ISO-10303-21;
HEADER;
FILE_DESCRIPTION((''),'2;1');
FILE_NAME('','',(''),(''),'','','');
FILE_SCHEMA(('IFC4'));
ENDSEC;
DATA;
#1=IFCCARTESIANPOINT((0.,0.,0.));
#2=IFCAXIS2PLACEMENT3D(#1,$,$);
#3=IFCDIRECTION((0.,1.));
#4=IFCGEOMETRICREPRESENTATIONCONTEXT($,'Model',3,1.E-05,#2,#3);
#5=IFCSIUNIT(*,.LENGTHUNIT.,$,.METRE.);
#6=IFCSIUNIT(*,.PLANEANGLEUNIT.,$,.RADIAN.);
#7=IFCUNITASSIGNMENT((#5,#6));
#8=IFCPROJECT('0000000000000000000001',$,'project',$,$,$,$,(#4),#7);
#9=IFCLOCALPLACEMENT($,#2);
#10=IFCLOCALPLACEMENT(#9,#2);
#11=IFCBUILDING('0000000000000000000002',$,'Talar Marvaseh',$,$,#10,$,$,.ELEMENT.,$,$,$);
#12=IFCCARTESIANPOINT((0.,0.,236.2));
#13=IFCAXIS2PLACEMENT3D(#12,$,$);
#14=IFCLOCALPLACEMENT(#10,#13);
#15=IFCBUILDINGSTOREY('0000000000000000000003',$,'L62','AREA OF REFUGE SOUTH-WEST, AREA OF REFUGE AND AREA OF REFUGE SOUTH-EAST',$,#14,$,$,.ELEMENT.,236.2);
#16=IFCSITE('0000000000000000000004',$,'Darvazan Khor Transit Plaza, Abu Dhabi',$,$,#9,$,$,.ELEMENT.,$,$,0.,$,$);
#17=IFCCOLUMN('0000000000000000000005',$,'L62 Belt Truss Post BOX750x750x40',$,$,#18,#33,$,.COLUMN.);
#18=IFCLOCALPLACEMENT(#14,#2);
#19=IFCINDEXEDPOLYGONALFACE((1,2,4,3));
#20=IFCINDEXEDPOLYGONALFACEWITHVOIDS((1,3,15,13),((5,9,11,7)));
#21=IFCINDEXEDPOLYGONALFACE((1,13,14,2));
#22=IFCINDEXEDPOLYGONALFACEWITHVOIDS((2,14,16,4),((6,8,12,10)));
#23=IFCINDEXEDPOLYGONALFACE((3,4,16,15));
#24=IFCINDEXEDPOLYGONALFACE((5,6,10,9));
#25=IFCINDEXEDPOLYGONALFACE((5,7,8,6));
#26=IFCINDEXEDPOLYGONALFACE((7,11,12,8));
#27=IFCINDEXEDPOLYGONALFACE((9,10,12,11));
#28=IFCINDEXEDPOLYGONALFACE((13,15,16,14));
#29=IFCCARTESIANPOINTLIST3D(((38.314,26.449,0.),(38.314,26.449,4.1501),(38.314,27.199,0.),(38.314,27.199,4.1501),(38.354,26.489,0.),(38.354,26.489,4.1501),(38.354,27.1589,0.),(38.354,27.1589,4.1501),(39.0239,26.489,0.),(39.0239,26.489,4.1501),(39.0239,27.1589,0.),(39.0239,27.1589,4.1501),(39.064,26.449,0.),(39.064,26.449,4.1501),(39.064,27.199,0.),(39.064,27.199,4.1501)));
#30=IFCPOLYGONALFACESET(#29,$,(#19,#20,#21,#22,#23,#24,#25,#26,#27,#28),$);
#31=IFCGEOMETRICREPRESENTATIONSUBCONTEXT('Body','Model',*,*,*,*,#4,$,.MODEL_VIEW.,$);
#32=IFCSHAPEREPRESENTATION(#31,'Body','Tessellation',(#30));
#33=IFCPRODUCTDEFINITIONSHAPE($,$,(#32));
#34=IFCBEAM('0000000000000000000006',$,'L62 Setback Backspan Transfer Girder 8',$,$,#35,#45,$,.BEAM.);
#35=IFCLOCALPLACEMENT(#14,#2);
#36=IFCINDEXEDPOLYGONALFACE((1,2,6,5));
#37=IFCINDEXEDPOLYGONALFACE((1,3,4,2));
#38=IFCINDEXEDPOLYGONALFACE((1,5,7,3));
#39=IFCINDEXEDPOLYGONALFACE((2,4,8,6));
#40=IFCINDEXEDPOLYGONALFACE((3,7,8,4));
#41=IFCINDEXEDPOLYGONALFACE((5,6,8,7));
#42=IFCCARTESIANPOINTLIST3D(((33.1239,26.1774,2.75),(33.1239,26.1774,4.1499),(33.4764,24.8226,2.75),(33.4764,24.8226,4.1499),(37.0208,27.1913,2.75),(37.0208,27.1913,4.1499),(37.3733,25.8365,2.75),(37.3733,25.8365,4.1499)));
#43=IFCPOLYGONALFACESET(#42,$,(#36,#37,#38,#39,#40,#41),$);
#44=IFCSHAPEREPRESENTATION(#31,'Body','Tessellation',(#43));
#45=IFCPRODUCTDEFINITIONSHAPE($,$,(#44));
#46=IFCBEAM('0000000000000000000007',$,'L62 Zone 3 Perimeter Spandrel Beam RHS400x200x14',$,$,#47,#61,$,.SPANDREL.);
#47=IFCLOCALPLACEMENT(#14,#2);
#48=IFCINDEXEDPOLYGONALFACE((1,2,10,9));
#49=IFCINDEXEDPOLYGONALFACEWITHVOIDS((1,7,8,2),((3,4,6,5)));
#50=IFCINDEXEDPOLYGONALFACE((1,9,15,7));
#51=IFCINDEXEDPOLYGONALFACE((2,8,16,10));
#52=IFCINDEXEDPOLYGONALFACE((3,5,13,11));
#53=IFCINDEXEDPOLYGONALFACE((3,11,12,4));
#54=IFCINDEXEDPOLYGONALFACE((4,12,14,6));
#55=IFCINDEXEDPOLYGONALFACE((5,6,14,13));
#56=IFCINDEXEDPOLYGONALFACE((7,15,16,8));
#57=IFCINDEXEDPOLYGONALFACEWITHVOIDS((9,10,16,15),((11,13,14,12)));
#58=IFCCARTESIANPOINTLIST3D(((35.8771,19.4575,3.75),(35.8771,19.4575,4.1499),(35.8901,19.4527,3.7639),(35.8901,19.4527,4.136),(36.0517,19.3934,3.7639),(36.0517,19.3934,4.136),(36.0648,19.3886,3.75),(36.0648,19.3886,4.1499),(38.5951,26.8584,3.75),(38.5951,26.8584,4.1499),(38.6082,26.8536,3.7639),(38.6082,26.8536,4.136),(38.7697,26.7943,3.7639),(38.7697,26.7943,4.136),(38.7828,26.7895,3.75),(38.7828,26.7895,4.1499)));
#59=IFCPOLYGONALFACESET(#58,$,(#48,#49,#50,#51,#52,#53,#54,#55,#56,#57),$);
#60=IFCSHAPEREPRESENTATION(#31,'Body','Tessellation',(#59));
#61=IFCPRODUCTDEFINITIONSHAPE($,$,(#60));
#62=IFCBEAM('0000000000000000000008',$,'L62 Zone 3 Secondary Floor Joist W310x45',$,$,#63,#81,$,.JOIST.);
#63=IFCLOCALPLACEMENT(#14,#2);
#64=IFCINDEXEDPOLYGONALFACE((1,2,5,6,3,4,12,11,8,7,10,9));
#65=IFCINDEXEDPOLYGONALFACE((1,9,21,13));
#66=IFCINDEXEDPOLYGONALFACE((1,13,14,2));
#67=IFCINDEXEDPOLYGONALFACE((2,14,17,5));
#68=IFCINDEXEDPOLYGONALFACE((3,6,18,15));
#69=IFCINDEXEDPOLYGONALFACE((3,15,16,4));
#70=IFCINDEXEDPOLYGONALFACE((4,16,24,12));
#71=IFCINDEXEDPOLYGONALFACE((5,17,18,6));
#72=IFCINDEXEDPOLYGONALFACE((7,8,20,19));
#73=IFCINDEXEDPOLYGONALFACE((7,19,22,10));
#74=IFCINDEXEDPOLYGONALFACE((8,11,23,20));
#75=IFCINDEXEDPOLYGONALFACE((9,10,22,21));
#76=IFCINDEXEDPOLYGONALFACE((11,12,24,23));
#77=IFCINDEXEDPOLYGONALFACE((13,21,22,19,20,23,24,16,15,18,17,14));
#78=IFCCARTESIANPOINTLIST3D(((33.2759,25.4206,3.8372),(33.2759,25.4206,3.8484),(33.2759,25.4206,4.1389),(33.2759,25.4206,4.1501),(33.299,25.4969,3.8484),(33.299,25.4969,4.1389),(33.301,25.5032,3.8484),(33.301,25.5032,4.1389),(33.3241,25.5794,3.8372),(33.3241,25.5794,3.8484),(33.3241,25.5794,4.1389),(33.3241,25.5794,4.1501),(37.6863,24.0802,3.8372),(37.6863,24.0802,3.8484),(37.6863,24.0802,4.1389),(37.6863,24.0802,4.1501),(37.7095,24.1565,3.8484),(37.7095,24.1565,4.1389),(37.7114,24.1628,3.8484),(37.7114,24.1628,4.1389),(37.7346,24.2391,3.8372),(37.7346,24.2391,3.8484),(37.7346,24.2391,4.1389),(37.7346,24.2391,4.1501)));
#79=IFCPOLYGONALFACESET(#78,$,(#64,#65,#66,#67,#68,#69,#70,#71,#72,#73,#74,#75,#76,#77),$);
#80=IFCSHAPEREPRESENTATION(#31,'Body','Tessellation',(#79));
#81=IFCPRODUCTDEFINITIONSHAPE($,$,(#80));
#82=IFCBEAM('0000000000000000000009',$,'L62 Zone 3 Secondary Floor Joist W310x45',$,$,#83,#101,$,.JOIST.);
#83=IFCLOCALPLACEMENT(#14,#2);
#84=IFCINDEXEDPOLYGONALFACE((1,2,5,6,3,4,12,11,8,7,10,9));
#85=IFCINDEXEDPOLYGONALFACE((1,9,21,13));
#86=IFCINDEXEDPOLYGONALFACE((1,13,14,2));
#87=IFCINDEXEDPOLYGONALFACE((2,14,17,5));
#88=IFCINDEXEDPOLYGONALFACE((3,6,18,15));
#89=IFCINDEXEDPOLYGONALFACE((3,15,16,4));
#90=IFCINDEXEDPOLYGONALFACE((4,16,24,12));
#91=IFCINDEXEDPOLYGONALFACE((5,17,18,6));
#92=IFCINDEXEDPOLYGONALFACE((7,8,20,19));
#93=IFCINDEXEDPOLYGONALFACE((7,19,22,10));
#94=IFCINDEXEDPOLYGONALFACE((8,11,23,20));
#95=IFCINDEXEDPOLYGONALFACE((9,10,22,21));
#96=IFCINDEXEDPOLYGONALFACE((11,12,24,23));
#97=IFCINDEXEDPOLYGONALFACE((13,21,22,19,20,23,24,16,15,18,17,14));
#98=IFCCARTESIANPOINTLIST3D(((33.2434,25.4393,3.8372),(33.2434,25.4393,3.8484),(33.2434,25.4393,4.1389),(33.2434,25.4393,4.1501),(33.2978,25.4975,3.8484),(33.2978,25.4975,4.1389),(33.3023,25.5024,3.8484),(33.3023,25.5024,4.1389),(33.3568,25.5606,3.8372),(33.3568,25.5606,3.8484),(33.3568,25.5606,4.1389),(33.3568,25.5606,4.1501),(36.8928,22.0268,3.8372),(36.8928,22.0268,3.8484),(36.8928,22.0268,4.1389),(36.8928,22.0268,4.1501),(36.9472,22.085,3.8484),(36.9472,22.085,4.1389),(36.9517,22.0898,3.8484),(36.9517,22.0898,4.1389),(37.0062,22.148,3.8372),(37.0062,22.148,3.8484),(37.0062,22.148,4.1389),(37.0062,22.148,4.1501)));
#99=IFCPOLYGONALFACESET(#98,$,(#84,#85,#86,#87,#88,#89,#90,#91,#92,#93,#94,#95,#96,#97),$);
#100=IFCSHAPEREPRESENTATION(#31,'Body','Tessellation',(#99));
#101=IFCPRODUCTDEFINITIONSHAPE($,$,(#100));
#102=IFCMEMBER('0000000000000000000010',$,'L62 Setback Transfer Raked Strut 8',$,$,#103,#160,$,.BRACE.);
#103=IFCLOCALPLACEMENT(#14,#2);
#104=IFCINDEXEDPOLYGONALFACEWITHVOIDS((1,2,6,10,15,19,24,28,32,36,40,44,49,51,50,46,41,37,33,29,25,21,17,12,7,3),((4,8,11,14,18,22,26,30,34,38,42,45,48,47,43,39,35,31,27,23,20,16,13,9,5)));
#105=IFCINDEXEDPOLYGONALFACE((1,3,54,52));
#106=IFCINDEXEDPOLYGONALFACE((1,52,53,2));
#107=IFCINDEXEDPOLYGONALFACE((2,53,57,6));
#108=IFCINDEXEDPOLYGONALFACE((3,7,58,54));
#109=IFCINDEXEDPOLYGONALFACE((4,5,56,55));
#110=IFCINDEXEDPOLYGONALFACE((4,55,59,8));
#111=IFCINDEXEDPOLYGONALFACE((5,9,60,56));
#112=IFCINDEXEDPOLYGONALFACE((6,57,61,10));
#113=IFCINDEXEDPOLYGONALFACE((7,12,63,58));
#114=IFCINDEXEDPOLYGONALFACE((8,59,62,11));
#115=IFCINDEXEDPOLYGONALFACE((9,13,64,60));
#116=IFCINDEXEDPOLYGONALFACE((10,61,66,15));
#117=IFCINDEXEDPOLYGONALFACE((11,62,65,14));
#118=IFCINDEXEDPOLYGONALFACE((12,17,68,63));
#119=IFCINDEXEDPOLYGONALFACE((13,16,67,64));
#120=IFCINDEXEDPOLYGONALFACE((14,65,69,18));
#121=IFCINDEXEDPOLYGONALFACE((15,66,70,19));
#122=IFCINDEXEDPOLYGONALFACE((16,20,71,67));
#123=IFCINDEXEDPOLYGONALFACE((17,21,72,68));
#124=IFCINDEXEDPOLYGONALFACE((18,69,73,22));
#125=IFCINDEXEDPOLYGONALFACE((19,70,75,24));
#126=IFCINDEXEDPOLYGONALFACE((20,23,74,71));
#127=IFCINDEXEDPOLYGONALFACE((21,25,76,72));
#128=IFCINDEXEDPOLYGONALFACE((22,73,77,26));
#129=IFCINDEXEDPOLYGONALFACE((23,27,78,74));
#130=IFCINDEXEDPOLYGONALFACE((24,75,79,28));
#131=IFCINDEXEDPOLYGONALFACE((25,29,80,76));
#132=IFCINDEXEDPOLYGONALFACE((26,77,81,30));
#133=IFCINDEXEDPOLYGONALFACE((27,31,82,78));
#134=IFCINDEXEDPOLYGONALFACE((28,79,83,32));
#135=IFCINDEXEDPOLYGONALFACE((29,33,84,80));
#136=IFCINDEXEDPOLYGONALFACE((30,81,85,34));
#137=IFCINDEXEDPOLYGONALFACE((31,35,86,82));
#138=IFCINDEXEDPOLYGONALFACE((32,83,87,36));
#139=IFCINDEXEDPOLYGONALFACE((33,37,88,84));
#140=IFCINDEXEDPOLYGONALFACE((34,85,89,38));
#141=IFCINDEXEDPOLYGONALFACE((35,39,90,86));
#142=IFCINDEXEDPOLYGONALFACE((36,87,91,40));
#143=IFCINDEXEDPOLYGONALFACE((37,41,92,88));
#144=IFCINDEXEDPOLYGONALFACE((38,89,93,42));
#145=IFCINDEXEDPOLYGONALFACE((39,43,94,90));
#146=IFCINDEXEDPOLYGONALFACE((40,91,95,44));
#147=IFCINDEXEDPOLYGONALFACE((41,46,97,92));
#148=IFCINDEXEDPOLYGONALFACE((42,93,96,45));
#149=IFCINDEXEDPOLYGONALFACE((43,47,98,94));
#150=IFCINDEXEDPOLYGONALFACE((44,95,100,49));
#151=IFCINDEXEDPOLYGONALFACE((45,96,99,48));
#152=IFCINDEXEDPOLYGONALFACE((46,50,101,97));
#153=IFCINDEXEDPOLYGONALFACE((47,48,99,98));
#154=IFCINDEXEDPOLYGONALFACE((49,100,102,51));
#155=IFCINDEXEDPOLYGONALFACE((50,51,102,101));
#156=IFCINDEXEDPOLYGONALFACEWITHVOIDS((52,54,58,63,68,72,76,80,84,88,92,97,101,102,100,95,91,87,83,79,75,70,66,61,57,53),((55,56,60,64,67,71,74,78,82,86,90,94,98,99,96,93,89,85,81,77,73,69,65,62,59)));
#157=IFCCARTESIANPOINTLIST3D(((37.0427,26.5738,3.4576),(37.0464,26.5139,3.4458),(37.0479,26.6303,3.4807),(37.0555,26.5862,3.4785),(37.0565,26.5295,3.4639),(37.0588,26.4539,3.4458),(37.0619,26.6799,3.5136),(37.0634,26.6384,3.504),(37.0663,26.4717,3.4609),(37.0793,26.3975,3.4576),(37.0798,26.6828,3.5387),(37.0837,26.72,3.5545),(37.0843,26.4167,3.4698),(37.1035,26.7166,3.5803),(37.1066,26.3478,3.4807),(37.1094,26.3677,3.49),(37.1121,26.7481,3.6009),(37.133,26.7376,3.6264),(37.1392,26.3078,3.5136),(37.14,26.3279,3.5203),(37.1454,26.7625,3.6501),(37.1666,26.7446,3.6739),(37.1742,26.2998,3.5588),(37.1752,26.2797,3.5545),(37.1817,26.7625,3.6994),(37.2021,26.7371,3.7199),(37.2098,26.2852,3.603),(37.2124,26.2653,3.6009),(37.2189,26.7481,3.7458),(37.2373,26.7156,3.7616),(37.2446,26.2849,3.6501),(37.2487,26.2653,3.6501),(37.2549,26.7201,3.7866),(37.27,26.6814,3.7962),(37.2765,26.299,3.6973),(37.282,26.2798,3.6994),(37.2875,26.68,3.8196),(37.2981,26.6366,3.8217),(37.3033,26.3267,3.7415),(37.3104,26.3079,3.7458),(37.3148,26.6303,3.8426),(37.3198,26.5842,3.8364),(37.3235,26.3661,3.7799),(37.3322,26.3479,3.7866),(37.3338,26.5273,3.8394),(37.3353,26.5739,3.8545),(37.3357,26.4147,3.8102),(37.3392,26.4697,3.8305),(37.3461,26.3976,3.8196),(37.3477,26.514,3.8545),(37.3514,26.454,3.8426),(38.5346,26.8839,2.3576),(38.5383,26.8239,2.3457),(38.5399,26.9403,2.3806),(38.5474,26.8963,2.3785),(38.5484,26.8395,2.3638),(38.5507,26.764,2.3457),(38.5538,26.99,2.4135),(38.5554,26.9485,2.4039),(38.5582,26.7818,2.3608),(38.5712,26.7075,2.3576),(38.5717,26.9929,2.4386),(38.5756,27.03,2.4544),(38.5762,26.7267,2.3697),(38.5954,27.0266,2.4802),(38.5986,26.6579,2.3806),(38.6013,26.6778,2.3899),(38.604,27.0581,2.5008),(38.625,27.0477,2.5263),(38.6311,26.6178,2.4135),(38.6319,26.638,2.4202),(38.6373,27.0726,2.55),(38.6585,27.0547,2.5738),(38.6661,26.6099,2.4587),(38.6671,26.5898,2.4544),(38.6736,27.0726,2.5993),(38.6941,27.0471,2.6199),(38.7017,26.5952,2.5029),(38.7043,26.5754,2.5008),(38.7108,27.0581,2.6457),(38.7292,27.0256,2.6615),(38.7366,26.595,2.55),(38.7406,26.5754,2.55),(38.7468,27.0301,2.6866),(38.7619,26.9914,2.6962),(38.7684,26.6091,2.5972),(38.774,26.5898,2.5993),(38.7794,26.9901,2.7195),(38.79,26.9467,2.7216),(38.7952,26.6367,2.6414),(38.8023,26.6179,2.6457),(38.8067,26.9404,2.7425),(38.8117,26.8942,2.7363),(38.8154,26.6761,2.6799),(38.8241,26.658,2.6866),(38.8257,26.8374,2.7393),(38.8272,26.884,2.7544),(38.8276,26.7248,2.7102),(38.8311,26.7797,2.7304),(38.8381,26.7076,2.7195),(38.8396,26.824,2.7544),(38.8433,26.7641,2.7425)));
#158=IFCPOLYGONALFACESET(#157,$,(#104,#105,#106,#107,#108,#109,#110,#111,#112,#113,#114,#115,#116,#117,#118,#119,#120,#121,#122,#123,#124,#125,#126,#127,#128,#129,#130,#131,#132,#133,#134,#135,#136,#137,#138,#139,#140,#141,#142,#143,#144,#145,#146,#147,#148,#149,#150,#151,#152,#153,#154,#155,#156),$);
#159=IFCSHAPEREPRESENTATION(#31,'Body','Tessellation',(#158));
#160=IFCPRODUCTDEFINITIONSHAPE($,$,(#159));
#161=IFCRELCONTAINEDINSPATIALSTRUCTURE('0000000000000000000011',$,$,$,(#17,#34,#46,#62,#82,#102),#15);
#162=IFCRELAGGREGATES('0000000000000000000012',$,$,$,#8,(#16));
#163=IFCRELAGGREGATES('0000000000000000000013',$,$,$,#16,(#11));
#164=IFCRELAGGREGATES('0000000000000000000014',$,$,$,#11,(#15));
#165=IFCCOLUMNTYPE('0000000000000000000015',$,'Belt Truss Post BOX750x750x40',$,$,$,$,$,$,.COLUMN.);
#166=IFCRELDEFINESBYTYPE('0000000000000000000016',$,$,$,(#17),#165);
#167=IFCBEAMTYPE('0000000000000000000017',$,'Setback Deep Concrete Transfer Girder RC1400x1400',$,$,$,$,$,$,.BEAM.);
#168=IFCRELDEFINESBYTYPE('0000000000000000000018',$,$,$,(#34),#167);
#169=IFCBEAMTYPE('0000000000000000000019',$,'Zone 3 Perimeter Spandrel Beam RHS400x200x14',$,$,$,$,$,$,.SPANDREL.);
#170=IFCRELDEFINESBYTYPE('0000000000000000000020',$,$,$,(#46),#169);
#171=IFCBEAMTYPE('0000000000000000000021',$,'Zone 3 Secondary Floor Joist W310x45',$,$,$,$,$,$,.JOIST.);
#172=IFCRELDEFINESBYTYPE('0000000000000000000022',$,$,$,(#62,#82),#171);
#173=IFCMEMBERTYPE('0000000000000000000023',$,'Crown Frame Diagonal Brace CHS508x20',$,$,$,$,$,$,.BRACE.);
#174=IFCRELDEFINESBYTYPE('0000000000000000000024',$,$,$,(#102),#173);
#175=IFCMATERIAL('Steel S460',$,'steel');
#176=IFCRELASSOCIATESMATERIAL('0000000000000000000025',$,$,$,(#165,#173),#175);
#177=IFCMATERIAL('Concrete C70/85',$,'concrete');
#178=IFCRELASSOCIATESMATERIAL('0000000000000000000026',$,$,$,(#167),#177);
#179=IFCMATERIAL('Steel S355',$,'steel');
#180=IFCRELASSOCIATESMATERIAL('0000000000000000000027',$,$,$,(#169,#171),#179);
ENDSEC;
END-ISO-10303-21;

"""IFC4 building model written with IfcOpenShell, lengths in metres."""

from ifc_helpers import new_model, si_unit, direction, frame, origin, origin_2d, place, context, subcontext, project, spatial, rectangle, hollow_rectangle, hollow_circle, i_section, extrude, source, transform, mapped, material, material_profile, profile_set, type_object, type_shapes, element, save


model = new_model("IFC4")

# Units and contexts
model_context = context("Model", 3, precision=1e-05, world=origin(), true_north=direction((0.0, 1.0)))
body_context = subcontext(model_context, "Body", "Model", "MODEL_VIEW")
ifc_project = project(units=[si_unit("LENGTHUNIT", "METRE"), si_unit("PLANEANGLEUNIT", "RADIAN")], contexts=[model_context])

# Site, building, storey
site_placement = place(None, origin())
site = spatial("IfcSite", under=ifc_project, at=site_placement, Name="Darvazan Khor Transit Plaza, Abu Dhabi", CompositionType="ELEMENT", RefElevation=0.0)
building_placement = place(site_placement, origin())
building = spatial("IfcBuilding", under=site, at=building_placement, Name="Talar Marvaseh", CompositionType="ELEMENT")
storey_placement = place(building_placement, frame((0.0, 0.0, 236.2)))
storey = spatial("IfcBuildingStorey", under=building, at=storey_placement, Name="L62", Description="AREA OF REFUGE SOUTH-WEST, AREA OF REFUGE AND AREA OF REFUGE SOUTH-EAST", CompositionType="ELEMENT", Elevation=236.2)

# Column
ifc_material_1 = material(Name="Steel S460", Category="steel")
ifc_material_profile_1 = material_profile(ifc_material_1, hollow_rectangle(XDim=0.75, YDim=0.75, WallThickness=0.04, at=origin_2d()), Name="BOX750x750x40")
ifc_profile_set_1 = profile_set([ifc_material_profile_1], Name="Steel S460")
column_type = type_object("IfcColumnType", Name="Belt Truss Post BOX750x750x40", PredefinedType="COLUMN", material=ifc_profile_set_1)
column_placement = place(storey_placement, frame((38.689, 26.824, 0.0), z_axis=(0.0, 0.0, 1.0), x_axis=(1.0, 0.0, 0.0)))
element("IfcColumn", 1, at=column_placement, inside=storey, type_object=column_type, Name="L62 Belt Truss Post BOX750x750x40", PredefinedType="COLUMN", context=body_context, shape_type="SweptSolid", body=[
    extrude(hollow_rectangle(XDim=0.75, YDim=0.75, WallThickness=0.04, at=origin_2d()), origin(), (0.0, 0.0, 1.0), 4.1501),
])

# Beams
ifc_material_2 = material(Name="Concrete C70/85", Category="concrete")
ifc_material_profile_2 = material_profile(ifc_material_2, rectangle(XDim=1.3999, YDim=1.3999, at=origin_2d()), Name="RC1400x1400")
ifc_profile_set_2 = profile_set([ifc_material_profile_2], Name="Concrete C70/85")
beam_type_1 = type_object("IfcBeamType", Name="Setback Deep Concrete Transfer Girder RC1400x1400", PredefinedType="BEAM", material=ifc_profile_set_2)
beam_1_placement = place(storey_placement, frame((37.197, 26.5139, 3.45), z_axis=(-0.96778, -0.251797, 0.0), x_axis=(0.251797, -0.96778, 0.0)))
element("IfcBeam", 2, at=beam_1_placement, inside=storey, type_object=beam_type_1, Name="L62 Setback Backspan Transfer Girder 8", PredefinedType="BEAM", context=body_context, shape_type="SweptSolid", body=[
    extrude(rectangle(XDim=1.3999, YDim=1.3999, at=origin_2d()), origin(), (0.0, 0.0, 1.0), 4.0266),
])
ifc_material_3 = material(Name="Steel S355", Category="steel")
ifc_material_profile_3 = material_profile(ifc_material_3, hollow_rectangle(XDim=0.2, YDim=0.3999, WallThickness=0.0139, at=origin_2d()), Name="RHS400x200x14")
ifc_profile_set_3 = profile_set([ifc_material_profile_3], Name="Steel S355")
beam_type_2 = type_object("IfcBeamType", Name="Zone 3 Perimeter Spandrel Beam RHS400x200x14", PredefinedType="SPANDREL", material=ifc_profile_set_3)
beam_2_placement = place(storey_placement, frame((38.689, 26.824, 3.95), z_axis=(-0.344742, -0.938697, 0.0), x_axis=(0.938697, -0.344742, 0.0)))
element("IfcBeam", 3, at=beam_2_placement, inside=storey, type_object=beam_type_2, Name="L62 Zone 3 Perimeter Spandrel Beam RHS400x200x14", PredefinedType="SPANDREL", context=body_context, shape_type="SweptSolid", body=[
    extrude(hollow_rectangle(XDim=0.2, YDim=0.3999, WallThickness=0.0139, at=origin_2d()), origin(), (0.0, 0.0, 1.0), 7.8843),
])
ifc_material_profile_4 = material_profile(ifc_material_3, i_section(OverallWidth=0.166, OverallDepth=0.313, WebThickness=0.0066, FlangeThickness=0.0112, at=origin_2d()), Name="W310x45")
ifc_profile_set_4 = profile_set([ifc_material_profile_4], Name="Steel S355")
beam_type_3 = type_object("IfcBeamType", Name="Zone 3 Secondary Floor Joist W310x45", PredefinedType="JOIST", material=ifc_profile_set_4)
beam_3_placement = place(storey_placement, frame((37.7104, 24.1597, 3.9937), z_axis=(-0.956792, 0.290772, 0.0), x_axis=(-0.290772, -0.956792, 0.0)))
element("IfcBeam", 4, at=beam_3_placement, inside=storey, type_object=beam_type_3, Name="L62 Zone 3 Secondary Floor Joist W310x45", PredefinedType="JOIST", context=body_context, shape_type="SweptSolid", body=[
    extrude(i_section(OverallWidth=0.166, OverallDepth=0.313, WebThickness=0.0066, FlangeThickness=0.0112, at=origin_2d()), origin(), (0.0, 0.0, 1.0), 4.6096),
])
beam_4_placement = place(storey_placement, frame((36.9495, 22.0874, 3.9937), z_axis=(-0.730408, 0.683011, 0.0), x_axis=(-0.683011, -0.730408, 0.0)))
element("IfcBeam", 5, at=beam_4_placement, inside=storey, type_object=beam_type_3, Name="L62 Zone 3 Secondary Floor Joist W310x45", PredefinedType="JOIST", context=body_context, shape_type="SweptSolid", body=[
    extrude(i_section(OverallWidth=0.166, OverallDepth=0.313, WebThickness=0.0066, FlangeThickness=0.0112, at=origin_2d()), origin(), (0.0, 0.0, 1.0), 4.9963),
])

# Member
ifc_material_profile_5 = material_profile(ifc_material_1, hollow_circle(Radius=0.2539, WallThickness=0.02, at=origin_2d()), Name="CHS508x20")
ifc_profile_set_5 = profile_set([ifc_material_profile_5], Name="Steel S460")
member_type_1 = type_object("IfcMemberType", Name="Crown Frame Diagonal Brace CHS508x20", PredefinedType="BRACE", material=ifc_profile_set_5)
shared_shape_1 = source(origin(), body_context, "Body", "SweptSolid", [
    extrude(hollow_circle(Radius=0.2539, WallThickness=0.02, at=origin_2d()), origin(), (0.0, 0.0, 1.0), 1.8794),
])
type_shapes(member_type_1, [shared_shape_1])
member_1_placement = place(storey_placement, frame((38.689, 26.824, 2.55), z_axis=(-0.793829, -0.164975, 0.585337), x_axis=(0.203474, -0.97908, 0.0)))
element("IfcMember", 6, at=member_1_placement, inside=storey, type_object=member_type_1, Name="L62 Setback Transfer Raked Strut 8", PredefinedType="BRACE", context=body_context, shape_type="MappedRepresentation", body=[
    mapped(shared_shape_1, transform((0.0, 0.0, 0.0), x_axis=(1.0, 0.0, 0.0), y_axis=(0.0, 1.0, 0.0), z_axis=(0.0, 0.0, 1.0), scale=1.0)),
])

save(model, "model.ifc")
